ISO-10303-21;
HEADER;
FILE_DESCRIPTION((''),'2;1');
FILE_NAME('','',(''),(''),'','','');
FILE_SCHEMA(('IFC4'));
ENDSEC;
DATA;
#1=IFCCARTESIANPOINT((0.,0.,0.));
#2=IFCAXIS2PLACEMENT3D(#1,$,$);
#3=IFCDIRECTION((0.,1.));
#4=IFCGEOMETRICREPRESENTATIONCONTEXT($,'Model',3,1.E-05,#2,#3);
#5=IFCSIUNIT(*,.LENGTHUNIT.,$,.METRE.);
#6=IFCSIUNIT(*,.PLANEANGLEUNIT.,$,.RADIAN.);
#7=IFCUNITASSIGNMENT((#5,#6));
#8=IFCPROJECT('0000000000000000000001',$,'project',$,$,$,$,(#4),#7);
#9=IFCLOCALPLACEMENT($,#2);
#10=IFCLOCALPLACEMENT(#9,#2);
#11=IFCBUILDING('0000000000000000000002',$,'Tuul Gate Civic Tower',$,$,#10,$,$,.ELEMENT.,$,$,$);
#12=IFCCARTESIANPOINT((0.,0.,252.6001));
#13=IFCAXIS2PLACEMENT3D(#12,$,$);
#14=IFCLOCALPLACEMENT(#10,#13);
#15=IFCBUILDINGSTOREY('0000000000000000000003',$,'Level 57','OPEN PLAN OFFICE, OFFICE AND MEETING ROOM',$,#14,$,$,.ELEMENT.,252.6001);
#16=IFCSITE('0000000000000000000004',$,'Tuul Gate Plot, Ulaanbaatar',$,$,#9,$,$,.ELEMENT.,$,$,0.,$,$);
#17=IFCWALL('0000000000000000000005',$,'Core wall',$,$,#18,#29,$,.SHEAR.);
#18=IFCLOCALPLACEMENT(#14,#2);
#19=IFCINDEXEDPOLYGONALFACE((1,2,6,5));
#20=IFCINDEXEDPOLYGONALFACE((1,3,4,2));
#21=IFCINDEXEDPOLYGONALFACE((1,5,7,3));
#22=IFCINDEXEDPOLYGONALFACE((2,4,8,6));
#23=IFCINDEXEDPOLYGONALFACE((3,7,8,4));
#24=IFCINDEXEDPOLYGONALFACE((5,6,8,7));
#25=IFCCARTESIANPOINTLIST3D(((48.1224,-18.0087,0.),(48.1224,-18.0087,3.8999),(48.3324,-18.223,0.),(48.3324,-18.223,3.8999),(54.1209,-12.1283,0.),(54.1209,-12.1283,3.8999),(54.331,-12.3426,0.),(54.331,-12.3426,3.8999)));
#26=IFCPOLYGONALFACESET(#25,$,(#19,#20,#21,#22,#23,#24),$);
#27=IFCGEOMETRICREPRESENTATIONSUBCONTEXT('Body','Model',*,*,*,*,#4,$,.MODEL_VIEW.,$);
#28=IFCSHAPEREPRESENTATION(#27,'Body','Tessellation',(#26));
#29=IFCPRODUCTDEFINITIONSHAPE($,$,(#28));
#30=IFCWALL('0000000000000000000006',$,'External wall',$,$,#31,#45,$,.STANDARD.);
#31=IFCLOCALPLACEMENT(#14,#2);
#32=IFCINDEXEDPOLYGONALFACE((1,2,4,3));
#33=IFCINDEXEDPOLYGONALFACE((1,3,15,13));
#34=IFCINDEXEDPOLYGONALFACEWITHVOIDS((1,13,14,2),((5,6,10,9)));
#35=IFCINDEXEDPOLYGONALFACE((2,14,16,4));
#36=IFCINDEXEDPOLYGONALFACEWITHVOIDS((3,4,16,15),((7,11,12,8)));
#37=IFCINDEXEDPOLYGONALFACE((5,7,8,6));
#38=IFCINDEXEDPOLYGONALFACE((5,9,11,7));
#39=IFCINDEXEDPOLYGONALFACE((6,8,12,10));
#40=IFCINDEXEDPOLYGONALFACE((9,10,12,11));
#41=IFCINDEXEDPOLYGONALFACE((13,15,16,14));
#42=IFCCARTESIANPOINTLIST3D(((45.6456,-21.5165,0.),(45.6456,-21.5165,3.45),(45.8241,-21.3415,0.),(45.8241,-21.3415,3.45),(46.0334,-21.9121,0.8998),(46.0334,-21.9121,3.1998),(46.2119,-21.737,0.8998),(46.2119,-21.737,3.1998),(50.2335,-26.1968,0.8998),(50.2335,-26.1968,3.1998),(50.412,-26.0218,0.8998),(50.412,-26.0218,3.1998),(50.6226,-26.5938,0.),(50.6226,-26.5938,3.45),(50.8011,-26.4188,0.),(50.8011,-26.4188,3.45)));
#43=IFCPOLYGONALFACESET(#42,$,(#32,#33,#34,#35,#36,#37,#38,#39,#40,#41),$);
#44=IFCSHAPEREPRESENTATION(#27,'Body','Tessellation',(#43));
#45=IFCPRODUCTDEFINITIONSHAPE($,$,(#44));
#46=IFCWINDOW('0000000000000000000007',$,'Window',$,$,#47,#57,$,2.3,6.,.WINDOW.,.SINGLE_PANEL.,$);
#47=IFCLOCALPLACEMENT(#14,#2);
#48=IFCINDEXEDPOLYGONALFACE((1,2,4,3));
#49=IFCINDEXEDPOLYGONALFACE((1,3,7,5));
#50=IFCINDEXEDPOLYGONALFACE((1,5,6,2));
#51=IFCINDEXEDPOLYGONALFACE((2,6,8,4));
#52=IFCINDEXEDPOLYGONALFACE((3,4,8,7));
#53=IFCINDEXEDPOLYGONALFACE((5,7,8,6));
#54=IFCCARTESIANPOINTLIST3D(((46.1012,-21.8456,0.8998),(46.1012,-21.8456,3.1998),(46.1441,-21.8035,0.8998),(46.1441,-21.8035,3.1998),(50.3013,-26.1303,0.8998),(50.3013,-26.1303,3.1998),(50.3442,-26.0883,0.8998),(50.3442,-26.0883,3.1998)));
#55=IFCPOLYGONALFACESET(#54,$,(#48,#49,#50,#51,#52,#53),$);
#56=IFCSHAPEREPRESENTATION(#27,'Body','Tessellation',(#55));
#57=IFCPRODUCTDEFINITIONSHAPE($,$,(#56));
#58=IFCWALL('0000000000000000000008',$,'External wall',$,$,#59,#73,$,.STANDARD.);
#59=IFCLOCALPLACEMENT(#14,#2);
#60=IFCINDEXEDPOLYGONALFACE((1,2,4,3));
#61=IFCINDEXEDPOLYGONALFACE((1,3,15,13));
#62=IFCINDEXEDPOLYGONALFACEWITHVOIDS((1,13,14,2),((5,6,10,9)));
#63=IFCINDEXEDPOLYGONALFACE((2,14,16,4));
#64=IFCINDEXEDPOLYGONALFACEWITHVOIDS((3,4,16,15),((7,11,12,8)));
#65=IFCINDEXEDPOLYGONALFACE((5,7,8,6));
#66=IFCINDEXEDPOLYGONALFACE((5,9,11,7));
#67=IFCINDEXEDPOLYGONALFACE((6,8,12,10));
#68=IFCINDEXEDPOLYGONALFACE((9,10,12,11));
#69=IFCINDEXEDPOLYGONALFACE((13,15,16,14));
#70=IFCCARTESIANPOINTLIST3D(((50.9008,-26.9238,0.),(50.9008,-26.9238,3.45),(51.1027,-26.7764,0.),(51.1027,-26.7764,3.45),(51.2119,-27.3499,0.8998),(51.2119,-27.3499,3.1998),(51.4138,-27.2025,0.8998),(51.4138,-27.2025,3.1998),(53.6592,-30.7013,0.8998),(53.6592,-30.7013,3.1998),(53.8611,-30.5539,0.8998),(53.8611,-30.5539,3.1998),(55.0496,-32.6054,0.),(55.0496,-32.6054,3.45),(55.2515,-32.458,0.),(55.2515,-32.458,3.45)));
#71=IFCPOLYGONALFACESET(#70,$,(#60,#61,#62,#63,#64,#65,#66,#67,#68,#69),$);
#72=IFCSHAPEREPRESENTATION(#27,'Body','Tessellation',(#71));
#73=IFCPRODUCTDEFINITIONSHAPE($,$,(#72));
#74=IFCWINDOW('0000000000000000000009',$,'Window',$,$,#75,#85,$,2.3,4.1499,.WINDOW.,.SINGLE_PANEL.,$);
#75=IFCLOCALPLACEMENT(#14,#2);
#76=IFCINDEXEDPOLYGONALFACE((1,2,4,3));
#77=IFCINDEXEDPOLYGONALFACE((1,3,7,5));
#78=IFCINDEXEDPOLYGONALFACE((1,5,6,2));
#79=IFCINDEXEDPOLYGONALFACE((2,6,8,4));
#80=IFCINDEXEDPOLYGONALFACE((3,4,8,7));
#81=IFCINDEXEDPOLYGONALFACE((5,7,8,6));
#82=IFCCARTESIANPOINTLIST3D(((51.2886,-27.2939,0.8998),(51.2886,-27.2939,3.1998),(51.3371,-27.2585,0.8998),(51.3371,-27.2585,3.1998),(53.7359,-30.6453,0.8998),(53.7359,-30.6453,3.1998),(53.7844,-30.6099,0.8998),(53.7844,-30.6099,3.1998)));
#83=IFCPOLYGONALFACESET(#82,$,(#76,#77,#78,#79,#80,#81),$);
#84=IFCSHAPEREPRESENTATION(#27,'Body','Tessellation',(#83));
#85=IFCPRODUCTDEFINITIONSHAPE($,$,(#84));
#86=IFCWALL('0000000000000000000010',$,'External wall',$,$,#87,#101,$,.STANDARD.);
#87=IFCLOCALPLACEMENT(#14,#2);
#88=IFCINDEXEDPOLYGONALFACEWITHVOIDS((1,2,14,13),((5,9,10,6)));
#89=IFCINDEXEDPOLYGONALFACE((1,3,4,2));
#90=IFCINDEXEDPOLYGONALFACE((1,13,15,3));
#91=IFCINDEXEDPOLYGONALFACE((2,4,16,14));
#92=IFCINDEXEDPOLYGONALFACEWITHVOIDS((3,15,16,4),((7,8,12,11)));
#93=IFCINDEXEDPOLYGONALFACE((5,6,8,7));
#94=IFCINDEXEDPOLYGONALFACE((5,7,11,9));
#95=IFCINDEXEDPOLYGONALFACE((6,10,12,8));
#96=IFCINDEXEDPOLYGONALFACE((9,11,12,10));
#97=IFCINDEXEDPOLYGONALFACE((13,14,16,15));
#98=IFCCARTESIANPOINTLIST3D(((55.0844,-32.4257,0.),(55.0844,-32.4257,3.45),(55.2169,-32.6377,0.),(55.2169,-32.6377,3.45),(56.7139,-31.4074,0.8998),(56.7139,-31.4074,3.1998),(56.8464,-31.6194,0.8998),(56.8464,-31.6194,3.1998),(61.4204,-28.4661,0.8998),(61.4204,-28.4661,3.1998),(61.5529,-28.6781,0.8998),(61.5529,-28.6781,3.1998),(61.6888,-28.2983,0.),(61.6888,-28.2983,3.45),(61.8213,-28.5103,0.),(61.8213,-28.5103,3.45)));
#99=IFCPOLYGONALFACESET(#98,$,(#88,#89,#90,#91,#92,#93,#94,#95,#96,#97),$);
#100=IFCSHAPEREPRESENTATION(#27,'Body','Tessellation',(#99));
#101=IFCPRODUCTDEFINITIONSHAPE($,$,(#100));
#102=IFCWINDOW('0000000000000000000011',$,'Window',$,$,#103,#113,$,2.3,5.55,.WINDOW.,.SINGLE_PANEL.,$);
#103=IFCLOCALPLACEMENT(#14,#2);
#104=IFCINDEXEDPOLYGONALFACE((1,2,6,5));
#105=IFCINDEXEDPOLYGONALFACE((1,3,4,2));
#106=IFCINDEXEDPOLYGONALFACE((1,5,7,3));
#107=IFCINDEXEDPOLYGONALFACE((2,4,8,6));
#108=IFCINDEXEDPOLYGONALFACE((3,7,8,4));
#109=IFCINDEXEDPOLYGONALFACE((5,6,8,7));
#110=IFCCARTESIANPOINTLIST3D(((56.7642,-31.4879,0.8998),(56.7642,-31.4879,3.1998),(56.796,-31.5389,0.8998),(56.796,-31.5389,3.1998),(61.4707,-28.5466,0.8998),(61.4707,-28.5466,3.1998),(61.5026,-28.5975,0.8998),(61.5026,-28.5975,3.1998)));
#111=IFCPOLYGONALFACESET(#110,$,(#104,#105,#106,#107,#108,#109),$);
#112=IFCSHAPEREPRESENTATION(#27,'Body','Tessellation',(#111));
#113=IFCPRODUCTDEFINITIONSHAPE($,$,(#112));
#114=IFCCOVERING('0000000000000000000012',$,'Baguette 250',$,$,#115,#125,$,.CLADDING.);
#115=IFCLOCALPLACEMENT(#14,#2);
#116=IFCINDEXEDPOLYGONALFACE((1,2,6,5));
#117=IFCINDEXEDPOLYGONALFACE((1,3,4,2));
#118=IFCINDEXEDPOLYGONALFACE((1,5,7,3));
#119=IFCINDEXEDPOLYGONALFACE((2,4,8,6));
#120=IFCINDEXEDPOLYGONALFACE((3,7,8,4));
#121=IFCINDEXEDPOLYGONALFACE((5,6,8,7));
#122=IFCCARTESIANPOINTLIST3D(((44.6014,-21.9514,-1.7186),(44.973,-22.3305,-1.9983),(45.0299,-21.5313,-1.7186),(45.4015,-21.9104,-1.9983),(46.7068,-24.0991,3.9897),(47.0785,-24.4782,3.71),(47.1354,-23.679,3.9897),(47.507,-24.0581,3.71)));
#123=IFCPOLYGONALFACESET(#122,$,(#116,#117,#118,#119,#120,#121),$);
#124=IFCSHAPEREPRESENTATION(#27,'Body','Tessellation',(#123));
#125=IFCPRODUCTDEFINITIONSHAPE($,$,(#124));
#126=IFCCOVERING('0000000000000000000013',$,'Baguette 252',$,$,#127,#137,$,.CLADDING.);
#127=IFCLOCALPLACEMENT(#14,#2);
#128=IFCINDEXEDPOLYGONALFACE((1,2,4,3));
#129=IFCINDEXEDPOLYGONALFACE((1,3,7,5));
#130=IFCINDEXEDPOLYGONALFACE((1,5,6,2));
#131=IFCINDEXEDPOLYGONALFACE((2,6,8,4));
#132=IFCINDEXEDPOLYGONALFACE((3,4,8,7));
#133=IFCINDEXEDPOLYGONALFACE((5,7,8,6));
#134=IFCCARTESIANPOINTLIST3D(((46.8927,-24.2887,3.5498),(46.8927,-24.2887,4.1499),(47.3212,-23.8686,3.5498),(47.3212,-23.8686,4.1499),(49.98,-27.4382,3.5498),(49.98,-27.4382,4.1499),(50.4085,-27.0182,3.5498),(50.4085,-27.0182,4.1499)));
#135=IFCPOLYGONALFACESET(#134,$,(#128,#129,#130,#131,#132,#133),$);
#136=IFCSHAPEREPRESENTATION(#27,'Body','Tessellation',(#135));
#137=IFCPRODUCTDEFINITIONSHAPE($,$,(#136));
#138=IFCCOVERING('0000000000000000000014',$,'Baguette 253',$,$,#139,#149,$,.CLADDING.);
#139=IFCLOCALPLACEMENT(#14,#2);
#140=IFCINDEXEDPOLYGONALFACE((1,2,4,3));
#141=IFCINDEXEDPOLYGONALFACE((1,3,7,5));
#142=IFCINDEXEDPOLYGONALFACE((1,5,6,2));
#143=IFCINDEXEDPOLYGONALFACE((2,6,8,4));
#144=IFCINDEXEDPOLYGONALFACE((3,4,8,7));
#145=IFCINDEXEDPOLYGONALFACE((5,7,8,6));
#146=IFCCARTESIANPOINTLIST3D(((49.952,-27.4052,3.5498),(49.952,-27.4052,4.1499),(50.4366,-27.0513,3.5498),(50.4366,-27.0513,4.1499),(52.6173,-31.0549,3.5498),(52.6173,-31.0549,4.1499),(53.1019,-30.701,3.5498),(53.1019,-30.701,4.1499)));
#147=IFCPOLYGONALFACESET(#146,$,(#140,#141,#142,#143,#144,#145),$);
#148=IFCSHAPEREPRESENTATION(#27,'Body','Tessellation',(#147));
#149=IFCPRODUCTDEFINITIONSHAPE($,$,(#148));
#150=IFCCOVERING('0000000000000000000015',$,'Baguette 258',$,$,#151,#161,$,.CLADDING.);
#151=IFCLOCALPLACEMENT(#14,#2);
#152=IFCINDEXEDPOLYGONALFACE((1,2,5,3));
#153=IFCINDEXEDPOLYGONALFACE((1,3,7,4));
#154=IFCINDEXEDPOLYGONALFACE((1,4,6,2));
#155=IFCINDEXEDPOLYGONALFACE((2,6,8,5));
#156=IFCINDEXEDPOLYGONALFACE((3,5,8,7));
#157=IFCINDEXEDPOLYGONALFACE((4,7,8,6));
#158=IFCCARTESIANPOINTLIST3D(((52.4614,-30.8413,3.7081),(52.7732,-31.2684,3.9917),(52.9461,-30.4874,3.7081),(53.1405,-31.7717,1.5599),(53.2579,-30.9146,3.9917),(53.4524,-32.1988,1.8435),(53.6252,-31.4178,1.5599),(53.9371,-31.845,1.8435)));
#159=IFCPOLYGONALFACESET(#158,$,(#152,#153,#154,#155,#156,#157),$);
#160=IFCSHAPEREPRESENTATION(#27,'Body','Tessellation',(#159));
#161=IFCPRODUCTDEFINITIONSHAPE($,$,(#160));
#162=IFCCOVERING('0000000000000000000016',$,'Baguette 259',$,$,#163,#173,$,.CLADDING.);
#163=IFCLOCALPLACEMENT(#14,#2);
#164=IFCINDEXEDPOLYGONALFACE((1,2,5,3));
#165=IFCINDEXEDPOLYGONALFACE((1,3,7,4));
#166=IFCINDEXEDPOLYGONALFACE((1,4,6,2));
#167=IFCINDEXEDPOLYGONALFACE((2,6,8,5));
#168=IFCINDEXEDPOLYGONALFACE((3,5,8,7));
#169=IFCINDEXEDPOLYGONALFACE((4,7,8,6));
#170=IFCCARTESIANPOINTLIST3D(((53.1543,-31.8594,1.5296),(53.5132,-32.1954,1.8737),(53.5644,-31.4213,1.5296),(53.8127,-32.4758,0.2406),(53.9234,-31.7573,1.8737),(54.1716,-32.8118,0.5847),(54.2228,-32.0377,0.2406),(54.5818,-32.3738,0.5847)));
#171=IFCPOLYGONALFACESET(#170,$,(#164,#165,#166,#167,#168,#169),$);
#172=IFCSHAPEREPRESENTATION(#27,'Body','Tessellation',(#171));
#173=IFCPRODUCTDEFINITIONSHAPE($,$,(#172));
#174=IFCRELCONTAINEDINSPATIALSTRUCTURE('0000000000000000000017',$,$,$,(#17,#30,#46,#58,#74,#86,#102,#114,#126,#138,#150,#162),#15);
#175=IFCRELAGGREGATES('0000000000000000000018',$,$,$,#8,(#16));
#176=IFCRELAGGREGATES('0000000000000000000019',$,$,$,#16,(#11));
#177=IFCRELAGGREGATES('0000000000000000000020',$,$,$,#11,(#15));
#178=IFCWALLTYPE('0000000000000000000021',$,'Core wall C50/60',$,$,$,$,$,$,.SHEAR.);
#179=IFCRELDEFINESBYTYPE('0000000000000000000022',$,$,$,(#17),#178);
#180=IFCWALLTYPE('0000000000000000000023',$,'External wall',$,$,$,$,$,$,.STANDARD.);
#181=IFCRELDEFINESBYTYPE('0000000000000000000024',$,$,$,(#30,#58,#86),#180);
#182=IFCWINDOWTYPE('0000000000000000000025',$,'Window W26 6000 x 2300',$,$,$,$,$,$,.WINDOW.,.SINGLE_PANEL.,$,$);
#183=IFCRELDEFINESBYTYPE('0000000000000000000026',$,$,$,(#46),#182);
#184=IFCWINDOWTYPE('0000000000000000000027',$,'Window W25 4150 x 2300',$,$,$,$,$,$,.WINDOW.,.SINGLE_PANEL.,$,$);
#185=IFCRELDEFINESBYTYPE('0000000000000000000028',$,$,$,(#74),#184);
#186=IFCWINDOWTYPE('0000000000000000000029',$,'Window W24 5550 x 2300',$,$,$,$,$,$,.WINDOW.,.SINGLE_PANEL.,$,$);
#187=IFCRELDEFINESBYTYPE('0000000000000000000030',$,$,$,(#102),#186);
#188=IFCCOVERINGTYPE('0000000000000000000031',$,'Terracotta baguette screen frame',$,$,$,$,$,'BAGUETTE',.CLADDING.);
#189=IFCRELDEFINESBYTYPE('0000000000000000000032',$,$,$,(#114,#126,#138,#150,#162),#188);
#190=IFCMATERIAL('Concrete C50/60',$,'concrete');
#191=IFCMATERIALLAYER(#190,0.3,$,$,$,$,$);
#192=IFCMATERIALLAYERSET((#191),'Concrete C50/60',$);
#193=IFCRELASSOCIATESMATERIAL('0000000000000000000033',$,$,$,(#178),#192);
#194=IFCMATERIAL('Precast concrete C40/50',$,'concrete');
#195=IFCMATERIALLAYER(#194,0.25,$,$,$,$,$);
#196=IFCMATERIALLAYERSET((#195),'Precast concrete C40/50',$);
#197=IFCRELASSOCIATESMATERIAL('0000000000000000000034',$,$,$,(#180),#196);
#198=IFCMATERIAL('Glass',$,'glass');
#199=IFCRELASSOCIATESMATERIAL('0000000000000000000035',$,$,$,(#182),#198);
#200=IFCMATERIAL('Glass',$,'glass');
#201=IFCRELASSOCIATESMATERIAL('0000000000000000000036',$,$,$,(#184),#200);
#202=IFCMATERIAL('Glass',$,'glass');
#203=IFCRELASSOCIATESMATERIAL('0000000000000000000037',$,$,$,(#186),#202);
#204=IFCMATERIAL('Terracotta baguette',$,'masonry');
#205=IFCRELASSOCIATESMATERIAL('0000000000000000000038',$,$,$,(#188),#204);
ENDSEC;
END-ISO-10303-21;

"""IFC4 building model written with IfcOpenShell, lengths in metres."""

from ifc_helpers import new_model, si_unit, direction, frame, frame_2d, origin, origin_2d, place, context, subcontext, project, spatial, rectangle, extrude, material, layer, layer_set, material_profile, profile_set, type_object, element, fill, save


model = new_model("IFC4")

# Units and contexts
model_context = context("Model", 3, precision=1e-05, world=origin(), true_north=direction((0.0, 1.0)))
body_context = subcontext(model_context, "Body", "Model", "MODEL_VIEW")
ifc_project = project(units=[si_unit("LENGTHUNIT", "METRE"), si_unit("PLANEANGLEUNIT", "RADIAN")], contexts=[model_context])

# Site, building, storey
site_placement = place(None, origin())
site = spatial("IfcSite", under=ifc_project, at=site_placement, Name="Tuul Gate Plot, Ulaanbaatar", CompositionType="ELEMENT", RefElevation=0.0)
building_placement = place(site_placement, origin())
building = spatial("IfcBuilding", under=site, at=building_placement, Name="Tuul Gate Civic Tower", CompositionType="ELEMENT")
storey_placement = place(building_placement, frame((0.0, 0.0, 252.6001)))
storey = spatial("IfcBuildingStorey", under=building, at=storey_placement, Name="Level 57", Description="OPEN PLAN OFFICE, OFFICE AND MEETING ROOM", CompositionType="ELEMENT", Elevation=252.6001)

# Shared definitions
ifc_material_1 = material(Name="Concrete C50/60", Category="concrete")
ifc_layer_1 = layer(ifc_material_1, 0.3)
ifc_layer_set_1 = layer_set([ifc_layer_1], Name="Concrete C50/60")
wall_type_1 = type_object("IfcWallType", Name="Core wall C50/60", PredefinedType="SHEAR", material=ifc_layer_set_1)

# Wall
wall_1_placement = place(storey_placement, frame((48.2273, -18.116, 0.0), z_axis=(0.0, 0.0, 1.0), x_axis=(0.714105, 0.700038, 0.0)))
element("IfcWall", 1, at=wall_1_placement, inside=storey, type_object=wall_type_1, Name="Core wall", PredefinedType="SHEAR", context=body_context, shape_type="SweptSolid", body=[
    extrude(rectangle(XDim=8.4001, YDim=0.3, at=frame_2d((4.2002, 0.0))), origin(), (0.0, 0.0, 1.0), 3.8999),
])

# Walls, openings, windows
ifc_material_2 = material(Name="Precast concrete C40/50", Category="concrete")
ifc_layer_2 = layer(ifc_material_2, 0.25)
ifc_layer_set_2 = layer_set([ifc_layer_2], Name="Precast concrete C40/50")
wall_type_2 = type_object("IfcWallType", Name="External wall", PredefinedType="STANDARD", material=ifc_layer_set_2)
wall_2_placement = place(storey_placement, frame((45.7349, -21.429, 0.0), z_axis=(0.0, 0.0, 1.0), x_axis=(0.700015, -0.714128, 0.0)))
wall_2 = element("IfcWall", 2, at=wall_2_placement, inside=storey, type_object=wall_type_2, Name="External wall", PredefinedType="STANDARD", context=body_context, shape_type="SweptSolid", body=[
    extrude(rectangle(XDim=7.1099, YDim=0.25, at=frame_2d((3.5549, 0.0))), origin(), (0.0, 0.0, 1.0), 3.45),
])
opening_1_placement = place(wall_2_placement, frame((0.554, 0.0, 0.8999)))
opening_1 = element("IfcOpeningElement", 3, at=opening_1_placement, cuts=wall_2, PredefinedType="OPENING", context=body_context, shape_type="SweptSolid", body=[
    extrude(rectangle(XDim=6.0, YDim=2.3, at=frame_2d((3.0, 1.1499))), frame((0.0, 0.135, 0.0), z_axis=(0.0, -1.0, 0.0), x_axis=(1.0, 0.0, 0.0)), (0.0, 0.0, 1.0), 0.27),
])
ifc_material_3 = material(Name="Glass", Category="glass")
window_type_1 = type_object("IfcWindowType", Name="Window W26 6000 x 2300", PartitioningType="SINGLE_PANEL", PredefinedType="WINDOW", material=ifc_material_3)
window_1_placement = place(opening_1_placement, origin())
window_1 = element("IfcWindow", 4, at=window_1_placement, inside=storey, type_object=window_type_1, Name="Window", OverallHeight=2.3, OverallWidth=6.0, PartitioningType="SINGLE_PANEL", PredefinedType="WINDOW", context=body_context, shape_type="SweptSolid", body=[
    extrude(rectangle(XDim=6.0, YDim=2.3, at=frame_2d((3.0, 1.1499))), frame((0.0, 0.03, 0.0), z_axis=(0.0, -1.0, 0.0), x_axis=(1.0, 0.0, 0.0)), (0.0, 0.0, 1.0), 0.0601),
])
fill(opening_1, window_1)
wall_3_placement = place(storey_placement, frame((51.0017, -26.8501, 0.0), z_axis=(0.0, 0.0, 1.0), x_axis=(0.589735, -0.807597, 0.0)))
wall_3 = element("IfcWall", 5, at=wall_3_placement, inside=storey, type_object=wall_type_2, Name="External wall", PredefinedType="STANDARD", context=body_context, shape_type="SweptSolid", body=[
    extrude(rectangle(XDim=7.0352, YDim=0.25, at=frame_2d((3.5176, 0.0))), origin(), (0.0, 0.0, 1.0), 3.45),
])
opening_2_placement = place(wall_3_placement, frame((0.5276, 0.0, 0.8999)))
opening_2 = element("IfcOpeningElement", 6, at=opening_2_placement, cuts=wall_3, PredefinedType="OPENING", context=body_context, shape_type="SweptSolid", body=[
    extrude(rectangle(XDim=4.1499, YDim=2.3, at=frame_2d((2.075, 1.1499))), frame((0.0, 0.135, 0.0), z_axis=(0.0, -1.0, 0.0), x_axis=(1.0, 0.0, 0.0)), (0.0, 0.0, 1.0), 0.27),
])
ifc_material_4 = material(Name="Glass", Category="glass")
window_type_2 = type_object("IfcWindowType", Name="Window W25 4150 x 2300", PartitioningType="SINGLE_PANEL", PredefinedType="WINDOW", material=ifc_material_4)
window_2_placement = place(opening_2_placement, origin())
window_2 = element("IfcWindow", 7, at=window_2_placement, inside=storey, type_object=window_type_2, Name="Window", OverallHeight=2.3, OverallWidth=4.1499, PartitioningType="SINGLE_PANEL", PredefinedType="WINDOW", context=body_context, shape_type="SweptSolid", body=[
    extrude(rectangle(XDim=4.1499, YDim=2.3, at=frame_2d((2.075, 1.1499))), frame((0.0, 0.03, 0.0), z_axis=(0.0, -1.0, 0.0), x_axis=(1.0, 0.0, 0.0)), (0.0, 0.0, 1.0), 0.0601),
])
fill(opening_2, window_2)
wall_4_placement = place(storey_placement, frame((55.1506, -32.5317, 0.0), z_axis=(0.0, 0.0, 1.0), x_axis=(0.848019, 0.529965, 0.0)))
wall_4 = element("IfcWall", 8, at=wall_4_placement, inside=storey, type_object=wall_type_2, Name="External wall", PredefinedType="STANDARD", context=body_context, shape_type="SweptSolid", body=[
    extrude(rectangle(XDim=7.7881, YDim=0.25, at=frame_2d((3.894, 0.0))), origin(), (0.0, 0.0, 1.0), 3.45),
])
opening_3_placement = place(wall_4_placement, frame((1.9216, 0.0, 0.8999)))
opening_3 = element("IfcOpeningElement", 9, at=opening_3_placement, cuts=wall_4, PredefinedType="OPENING", context=body_context, shape_type="SweptSolid", body=[
    extrude(rectangle(XDim=5.55, YDim=2.3, at=frame_2d((2.7749, 1.1499))), frame((0.0, 0.135, 0.0), z_axis=(0.0, -1.0, 0.0), x_axis=(1.0, 0.0, 0.0)), (0.0, 0.0, 1.0), 0.27),
])
ifc_material_5 = material(Name="Glass", Category="glass")
window_type_3 = type_object("IfcWindowType", Name="Window W24 5550 x 2300", PartitioningType="SINGLE_PANEL", PredefinedType="WINDOW", material=ifc_material_5)
window_3_placement = place(opening_3_placement, origin())
window_3 = element("IfcWindow", 10, at=window_3_placement, inside=storey, type_object=window_type_3, Name="Window", OverallHeight=2.3, OverallWidth=5.55, PartitioningType="SINGLE_PANEL", PredefinedType="WINDOW", context=body_context, shape_type="SweptSolid", body=[
    extrude(rectangle(XDim=5.55, YDim=2.3, at=frame_2d((2.7749, 1.1499))), frame((0.0, 0.03, 0.0), z_axis=(0.0, -1.0, 0.0), x_axis=(1.0, 0.0, 0.0)), (0.0, 0.0, 1.0), 0.0601),
])
fill(opening_3, window_3)

# Coverings
ifc_material_6 = material(Name="Terracotta baguette", Category="masonry")
ifc_material_profile_1 = material_profile(ifc_material_6, rectangle(XDim=0.6001, YDim=0.6001, at=origin_2d()), Name="Terracotta baguette screen frame")
ifc_profile_set_1 = profile_set([ifc_material_profile_1], Name="Terracotta baguette")
covering_type = type_object("IfcCoveringType", Name="Terracotta baguette screen frame", ElementType="BAGUETTE", PredefinedType="CLADDING", material=ifc_profile_set_1)
covering_1_placement = place(storey_placement, frame((47.1069, -24.0786, 3.8499), z_axis=(-0.326322, 0.332868, -0.88471), x_axis=(-0.714094, -0.70005, 0.0)))
element("IfcCovering", 11, at=covering_1_placement, inside=storey, type_object=covering_type, Name="Baguette 250", PredefinedType="CLADDING", context=body_context, shape_type="SweptSolid", body=[
    extrude(rectangle(XDim=0.6001, YDim=0.6001, at=origin_2d()), origin(), (0.0, 0.0, 1.0), 6.4521),
])
covering_2_placement = place(storey_placement, frame((47.1069, -24.0786, 3.8499), z_axis=(0.700014, -0.714129, 0.0), x_axis=(0.714129, 0.700014, 0.0)))
element("IfcCovering", 12, at=covering_2_placement, inside=storey, type_object=covering_type, Name="Baguette 252", PredefinedType="CLADDING", context=body_context, shape_type="SweptSolid", body=[
    extrude(rectangle(XDim=0.6001, YDim=0.6001, at=origin_2d()), origin(), (0.0, 0.0, 1.0), 4.4104),
])
covering_3_placement = place(storey_placement, frame((50.1943, -27.2283, 3.8499), z_axis=(0.589761, -0.807578, 0.0), x_axis=(0.807578, 0.589761, 0.0)))
element("IfcCovering", 13, at=covering_3_placement, inside=storey, type_object=covering_type, Name="Baguette 253", PredefinedType="CLADDING", context=body_context, shape_type="SweptSolid", body=[
    extrude(rectangle(XDim=0.6001, YDim=0.6001, at=origin_2d()), origin(), (0.0, 0.0, 1.0), 4.5193),
])
covering_4_placement = place(storey_placement, frame((52.8596, -30.8779, 3.8499), z_axis=(0.278638, -0.3817, -0.881286), x_axis=(0.80769, 0.589607, 0.0)))
element("IfcCovering", 14, at=covering_4_placement, inside=storey, type_object=covering_type, Name="Baguette 258", PredefinedType="CLADDING", context=body_context, shape_type="SweptSolid", body=[
    extrude(rectangle(XDim=0.6001, YDim=0.6001, at=origin_2d()), origin(), (0.0, 0.0, 1.0), 2.4375),
])
covering_5_placement = place(storey_placement, frame((53.5388, -31.8083, 1.7017), z_axis=(0.418515, -0.391825, -0.81934), x_axis=(0.683446, 0.730001, 0.0)))
element("IfcCovering", 15, at=covering_5_placement, inside=storey, type_object=covering_type, Name="Baguette 259", PredefinedType="CLADDING", context=body_context, shape_type="SweptSolid", body=[
    extrude(rectangle(XDim=0.6001, YDim=0.6001, at=origin_2d()), origin(), (0.0, 0.0, 1.0), 1.5732),
])

save(model, "model.ifc")
